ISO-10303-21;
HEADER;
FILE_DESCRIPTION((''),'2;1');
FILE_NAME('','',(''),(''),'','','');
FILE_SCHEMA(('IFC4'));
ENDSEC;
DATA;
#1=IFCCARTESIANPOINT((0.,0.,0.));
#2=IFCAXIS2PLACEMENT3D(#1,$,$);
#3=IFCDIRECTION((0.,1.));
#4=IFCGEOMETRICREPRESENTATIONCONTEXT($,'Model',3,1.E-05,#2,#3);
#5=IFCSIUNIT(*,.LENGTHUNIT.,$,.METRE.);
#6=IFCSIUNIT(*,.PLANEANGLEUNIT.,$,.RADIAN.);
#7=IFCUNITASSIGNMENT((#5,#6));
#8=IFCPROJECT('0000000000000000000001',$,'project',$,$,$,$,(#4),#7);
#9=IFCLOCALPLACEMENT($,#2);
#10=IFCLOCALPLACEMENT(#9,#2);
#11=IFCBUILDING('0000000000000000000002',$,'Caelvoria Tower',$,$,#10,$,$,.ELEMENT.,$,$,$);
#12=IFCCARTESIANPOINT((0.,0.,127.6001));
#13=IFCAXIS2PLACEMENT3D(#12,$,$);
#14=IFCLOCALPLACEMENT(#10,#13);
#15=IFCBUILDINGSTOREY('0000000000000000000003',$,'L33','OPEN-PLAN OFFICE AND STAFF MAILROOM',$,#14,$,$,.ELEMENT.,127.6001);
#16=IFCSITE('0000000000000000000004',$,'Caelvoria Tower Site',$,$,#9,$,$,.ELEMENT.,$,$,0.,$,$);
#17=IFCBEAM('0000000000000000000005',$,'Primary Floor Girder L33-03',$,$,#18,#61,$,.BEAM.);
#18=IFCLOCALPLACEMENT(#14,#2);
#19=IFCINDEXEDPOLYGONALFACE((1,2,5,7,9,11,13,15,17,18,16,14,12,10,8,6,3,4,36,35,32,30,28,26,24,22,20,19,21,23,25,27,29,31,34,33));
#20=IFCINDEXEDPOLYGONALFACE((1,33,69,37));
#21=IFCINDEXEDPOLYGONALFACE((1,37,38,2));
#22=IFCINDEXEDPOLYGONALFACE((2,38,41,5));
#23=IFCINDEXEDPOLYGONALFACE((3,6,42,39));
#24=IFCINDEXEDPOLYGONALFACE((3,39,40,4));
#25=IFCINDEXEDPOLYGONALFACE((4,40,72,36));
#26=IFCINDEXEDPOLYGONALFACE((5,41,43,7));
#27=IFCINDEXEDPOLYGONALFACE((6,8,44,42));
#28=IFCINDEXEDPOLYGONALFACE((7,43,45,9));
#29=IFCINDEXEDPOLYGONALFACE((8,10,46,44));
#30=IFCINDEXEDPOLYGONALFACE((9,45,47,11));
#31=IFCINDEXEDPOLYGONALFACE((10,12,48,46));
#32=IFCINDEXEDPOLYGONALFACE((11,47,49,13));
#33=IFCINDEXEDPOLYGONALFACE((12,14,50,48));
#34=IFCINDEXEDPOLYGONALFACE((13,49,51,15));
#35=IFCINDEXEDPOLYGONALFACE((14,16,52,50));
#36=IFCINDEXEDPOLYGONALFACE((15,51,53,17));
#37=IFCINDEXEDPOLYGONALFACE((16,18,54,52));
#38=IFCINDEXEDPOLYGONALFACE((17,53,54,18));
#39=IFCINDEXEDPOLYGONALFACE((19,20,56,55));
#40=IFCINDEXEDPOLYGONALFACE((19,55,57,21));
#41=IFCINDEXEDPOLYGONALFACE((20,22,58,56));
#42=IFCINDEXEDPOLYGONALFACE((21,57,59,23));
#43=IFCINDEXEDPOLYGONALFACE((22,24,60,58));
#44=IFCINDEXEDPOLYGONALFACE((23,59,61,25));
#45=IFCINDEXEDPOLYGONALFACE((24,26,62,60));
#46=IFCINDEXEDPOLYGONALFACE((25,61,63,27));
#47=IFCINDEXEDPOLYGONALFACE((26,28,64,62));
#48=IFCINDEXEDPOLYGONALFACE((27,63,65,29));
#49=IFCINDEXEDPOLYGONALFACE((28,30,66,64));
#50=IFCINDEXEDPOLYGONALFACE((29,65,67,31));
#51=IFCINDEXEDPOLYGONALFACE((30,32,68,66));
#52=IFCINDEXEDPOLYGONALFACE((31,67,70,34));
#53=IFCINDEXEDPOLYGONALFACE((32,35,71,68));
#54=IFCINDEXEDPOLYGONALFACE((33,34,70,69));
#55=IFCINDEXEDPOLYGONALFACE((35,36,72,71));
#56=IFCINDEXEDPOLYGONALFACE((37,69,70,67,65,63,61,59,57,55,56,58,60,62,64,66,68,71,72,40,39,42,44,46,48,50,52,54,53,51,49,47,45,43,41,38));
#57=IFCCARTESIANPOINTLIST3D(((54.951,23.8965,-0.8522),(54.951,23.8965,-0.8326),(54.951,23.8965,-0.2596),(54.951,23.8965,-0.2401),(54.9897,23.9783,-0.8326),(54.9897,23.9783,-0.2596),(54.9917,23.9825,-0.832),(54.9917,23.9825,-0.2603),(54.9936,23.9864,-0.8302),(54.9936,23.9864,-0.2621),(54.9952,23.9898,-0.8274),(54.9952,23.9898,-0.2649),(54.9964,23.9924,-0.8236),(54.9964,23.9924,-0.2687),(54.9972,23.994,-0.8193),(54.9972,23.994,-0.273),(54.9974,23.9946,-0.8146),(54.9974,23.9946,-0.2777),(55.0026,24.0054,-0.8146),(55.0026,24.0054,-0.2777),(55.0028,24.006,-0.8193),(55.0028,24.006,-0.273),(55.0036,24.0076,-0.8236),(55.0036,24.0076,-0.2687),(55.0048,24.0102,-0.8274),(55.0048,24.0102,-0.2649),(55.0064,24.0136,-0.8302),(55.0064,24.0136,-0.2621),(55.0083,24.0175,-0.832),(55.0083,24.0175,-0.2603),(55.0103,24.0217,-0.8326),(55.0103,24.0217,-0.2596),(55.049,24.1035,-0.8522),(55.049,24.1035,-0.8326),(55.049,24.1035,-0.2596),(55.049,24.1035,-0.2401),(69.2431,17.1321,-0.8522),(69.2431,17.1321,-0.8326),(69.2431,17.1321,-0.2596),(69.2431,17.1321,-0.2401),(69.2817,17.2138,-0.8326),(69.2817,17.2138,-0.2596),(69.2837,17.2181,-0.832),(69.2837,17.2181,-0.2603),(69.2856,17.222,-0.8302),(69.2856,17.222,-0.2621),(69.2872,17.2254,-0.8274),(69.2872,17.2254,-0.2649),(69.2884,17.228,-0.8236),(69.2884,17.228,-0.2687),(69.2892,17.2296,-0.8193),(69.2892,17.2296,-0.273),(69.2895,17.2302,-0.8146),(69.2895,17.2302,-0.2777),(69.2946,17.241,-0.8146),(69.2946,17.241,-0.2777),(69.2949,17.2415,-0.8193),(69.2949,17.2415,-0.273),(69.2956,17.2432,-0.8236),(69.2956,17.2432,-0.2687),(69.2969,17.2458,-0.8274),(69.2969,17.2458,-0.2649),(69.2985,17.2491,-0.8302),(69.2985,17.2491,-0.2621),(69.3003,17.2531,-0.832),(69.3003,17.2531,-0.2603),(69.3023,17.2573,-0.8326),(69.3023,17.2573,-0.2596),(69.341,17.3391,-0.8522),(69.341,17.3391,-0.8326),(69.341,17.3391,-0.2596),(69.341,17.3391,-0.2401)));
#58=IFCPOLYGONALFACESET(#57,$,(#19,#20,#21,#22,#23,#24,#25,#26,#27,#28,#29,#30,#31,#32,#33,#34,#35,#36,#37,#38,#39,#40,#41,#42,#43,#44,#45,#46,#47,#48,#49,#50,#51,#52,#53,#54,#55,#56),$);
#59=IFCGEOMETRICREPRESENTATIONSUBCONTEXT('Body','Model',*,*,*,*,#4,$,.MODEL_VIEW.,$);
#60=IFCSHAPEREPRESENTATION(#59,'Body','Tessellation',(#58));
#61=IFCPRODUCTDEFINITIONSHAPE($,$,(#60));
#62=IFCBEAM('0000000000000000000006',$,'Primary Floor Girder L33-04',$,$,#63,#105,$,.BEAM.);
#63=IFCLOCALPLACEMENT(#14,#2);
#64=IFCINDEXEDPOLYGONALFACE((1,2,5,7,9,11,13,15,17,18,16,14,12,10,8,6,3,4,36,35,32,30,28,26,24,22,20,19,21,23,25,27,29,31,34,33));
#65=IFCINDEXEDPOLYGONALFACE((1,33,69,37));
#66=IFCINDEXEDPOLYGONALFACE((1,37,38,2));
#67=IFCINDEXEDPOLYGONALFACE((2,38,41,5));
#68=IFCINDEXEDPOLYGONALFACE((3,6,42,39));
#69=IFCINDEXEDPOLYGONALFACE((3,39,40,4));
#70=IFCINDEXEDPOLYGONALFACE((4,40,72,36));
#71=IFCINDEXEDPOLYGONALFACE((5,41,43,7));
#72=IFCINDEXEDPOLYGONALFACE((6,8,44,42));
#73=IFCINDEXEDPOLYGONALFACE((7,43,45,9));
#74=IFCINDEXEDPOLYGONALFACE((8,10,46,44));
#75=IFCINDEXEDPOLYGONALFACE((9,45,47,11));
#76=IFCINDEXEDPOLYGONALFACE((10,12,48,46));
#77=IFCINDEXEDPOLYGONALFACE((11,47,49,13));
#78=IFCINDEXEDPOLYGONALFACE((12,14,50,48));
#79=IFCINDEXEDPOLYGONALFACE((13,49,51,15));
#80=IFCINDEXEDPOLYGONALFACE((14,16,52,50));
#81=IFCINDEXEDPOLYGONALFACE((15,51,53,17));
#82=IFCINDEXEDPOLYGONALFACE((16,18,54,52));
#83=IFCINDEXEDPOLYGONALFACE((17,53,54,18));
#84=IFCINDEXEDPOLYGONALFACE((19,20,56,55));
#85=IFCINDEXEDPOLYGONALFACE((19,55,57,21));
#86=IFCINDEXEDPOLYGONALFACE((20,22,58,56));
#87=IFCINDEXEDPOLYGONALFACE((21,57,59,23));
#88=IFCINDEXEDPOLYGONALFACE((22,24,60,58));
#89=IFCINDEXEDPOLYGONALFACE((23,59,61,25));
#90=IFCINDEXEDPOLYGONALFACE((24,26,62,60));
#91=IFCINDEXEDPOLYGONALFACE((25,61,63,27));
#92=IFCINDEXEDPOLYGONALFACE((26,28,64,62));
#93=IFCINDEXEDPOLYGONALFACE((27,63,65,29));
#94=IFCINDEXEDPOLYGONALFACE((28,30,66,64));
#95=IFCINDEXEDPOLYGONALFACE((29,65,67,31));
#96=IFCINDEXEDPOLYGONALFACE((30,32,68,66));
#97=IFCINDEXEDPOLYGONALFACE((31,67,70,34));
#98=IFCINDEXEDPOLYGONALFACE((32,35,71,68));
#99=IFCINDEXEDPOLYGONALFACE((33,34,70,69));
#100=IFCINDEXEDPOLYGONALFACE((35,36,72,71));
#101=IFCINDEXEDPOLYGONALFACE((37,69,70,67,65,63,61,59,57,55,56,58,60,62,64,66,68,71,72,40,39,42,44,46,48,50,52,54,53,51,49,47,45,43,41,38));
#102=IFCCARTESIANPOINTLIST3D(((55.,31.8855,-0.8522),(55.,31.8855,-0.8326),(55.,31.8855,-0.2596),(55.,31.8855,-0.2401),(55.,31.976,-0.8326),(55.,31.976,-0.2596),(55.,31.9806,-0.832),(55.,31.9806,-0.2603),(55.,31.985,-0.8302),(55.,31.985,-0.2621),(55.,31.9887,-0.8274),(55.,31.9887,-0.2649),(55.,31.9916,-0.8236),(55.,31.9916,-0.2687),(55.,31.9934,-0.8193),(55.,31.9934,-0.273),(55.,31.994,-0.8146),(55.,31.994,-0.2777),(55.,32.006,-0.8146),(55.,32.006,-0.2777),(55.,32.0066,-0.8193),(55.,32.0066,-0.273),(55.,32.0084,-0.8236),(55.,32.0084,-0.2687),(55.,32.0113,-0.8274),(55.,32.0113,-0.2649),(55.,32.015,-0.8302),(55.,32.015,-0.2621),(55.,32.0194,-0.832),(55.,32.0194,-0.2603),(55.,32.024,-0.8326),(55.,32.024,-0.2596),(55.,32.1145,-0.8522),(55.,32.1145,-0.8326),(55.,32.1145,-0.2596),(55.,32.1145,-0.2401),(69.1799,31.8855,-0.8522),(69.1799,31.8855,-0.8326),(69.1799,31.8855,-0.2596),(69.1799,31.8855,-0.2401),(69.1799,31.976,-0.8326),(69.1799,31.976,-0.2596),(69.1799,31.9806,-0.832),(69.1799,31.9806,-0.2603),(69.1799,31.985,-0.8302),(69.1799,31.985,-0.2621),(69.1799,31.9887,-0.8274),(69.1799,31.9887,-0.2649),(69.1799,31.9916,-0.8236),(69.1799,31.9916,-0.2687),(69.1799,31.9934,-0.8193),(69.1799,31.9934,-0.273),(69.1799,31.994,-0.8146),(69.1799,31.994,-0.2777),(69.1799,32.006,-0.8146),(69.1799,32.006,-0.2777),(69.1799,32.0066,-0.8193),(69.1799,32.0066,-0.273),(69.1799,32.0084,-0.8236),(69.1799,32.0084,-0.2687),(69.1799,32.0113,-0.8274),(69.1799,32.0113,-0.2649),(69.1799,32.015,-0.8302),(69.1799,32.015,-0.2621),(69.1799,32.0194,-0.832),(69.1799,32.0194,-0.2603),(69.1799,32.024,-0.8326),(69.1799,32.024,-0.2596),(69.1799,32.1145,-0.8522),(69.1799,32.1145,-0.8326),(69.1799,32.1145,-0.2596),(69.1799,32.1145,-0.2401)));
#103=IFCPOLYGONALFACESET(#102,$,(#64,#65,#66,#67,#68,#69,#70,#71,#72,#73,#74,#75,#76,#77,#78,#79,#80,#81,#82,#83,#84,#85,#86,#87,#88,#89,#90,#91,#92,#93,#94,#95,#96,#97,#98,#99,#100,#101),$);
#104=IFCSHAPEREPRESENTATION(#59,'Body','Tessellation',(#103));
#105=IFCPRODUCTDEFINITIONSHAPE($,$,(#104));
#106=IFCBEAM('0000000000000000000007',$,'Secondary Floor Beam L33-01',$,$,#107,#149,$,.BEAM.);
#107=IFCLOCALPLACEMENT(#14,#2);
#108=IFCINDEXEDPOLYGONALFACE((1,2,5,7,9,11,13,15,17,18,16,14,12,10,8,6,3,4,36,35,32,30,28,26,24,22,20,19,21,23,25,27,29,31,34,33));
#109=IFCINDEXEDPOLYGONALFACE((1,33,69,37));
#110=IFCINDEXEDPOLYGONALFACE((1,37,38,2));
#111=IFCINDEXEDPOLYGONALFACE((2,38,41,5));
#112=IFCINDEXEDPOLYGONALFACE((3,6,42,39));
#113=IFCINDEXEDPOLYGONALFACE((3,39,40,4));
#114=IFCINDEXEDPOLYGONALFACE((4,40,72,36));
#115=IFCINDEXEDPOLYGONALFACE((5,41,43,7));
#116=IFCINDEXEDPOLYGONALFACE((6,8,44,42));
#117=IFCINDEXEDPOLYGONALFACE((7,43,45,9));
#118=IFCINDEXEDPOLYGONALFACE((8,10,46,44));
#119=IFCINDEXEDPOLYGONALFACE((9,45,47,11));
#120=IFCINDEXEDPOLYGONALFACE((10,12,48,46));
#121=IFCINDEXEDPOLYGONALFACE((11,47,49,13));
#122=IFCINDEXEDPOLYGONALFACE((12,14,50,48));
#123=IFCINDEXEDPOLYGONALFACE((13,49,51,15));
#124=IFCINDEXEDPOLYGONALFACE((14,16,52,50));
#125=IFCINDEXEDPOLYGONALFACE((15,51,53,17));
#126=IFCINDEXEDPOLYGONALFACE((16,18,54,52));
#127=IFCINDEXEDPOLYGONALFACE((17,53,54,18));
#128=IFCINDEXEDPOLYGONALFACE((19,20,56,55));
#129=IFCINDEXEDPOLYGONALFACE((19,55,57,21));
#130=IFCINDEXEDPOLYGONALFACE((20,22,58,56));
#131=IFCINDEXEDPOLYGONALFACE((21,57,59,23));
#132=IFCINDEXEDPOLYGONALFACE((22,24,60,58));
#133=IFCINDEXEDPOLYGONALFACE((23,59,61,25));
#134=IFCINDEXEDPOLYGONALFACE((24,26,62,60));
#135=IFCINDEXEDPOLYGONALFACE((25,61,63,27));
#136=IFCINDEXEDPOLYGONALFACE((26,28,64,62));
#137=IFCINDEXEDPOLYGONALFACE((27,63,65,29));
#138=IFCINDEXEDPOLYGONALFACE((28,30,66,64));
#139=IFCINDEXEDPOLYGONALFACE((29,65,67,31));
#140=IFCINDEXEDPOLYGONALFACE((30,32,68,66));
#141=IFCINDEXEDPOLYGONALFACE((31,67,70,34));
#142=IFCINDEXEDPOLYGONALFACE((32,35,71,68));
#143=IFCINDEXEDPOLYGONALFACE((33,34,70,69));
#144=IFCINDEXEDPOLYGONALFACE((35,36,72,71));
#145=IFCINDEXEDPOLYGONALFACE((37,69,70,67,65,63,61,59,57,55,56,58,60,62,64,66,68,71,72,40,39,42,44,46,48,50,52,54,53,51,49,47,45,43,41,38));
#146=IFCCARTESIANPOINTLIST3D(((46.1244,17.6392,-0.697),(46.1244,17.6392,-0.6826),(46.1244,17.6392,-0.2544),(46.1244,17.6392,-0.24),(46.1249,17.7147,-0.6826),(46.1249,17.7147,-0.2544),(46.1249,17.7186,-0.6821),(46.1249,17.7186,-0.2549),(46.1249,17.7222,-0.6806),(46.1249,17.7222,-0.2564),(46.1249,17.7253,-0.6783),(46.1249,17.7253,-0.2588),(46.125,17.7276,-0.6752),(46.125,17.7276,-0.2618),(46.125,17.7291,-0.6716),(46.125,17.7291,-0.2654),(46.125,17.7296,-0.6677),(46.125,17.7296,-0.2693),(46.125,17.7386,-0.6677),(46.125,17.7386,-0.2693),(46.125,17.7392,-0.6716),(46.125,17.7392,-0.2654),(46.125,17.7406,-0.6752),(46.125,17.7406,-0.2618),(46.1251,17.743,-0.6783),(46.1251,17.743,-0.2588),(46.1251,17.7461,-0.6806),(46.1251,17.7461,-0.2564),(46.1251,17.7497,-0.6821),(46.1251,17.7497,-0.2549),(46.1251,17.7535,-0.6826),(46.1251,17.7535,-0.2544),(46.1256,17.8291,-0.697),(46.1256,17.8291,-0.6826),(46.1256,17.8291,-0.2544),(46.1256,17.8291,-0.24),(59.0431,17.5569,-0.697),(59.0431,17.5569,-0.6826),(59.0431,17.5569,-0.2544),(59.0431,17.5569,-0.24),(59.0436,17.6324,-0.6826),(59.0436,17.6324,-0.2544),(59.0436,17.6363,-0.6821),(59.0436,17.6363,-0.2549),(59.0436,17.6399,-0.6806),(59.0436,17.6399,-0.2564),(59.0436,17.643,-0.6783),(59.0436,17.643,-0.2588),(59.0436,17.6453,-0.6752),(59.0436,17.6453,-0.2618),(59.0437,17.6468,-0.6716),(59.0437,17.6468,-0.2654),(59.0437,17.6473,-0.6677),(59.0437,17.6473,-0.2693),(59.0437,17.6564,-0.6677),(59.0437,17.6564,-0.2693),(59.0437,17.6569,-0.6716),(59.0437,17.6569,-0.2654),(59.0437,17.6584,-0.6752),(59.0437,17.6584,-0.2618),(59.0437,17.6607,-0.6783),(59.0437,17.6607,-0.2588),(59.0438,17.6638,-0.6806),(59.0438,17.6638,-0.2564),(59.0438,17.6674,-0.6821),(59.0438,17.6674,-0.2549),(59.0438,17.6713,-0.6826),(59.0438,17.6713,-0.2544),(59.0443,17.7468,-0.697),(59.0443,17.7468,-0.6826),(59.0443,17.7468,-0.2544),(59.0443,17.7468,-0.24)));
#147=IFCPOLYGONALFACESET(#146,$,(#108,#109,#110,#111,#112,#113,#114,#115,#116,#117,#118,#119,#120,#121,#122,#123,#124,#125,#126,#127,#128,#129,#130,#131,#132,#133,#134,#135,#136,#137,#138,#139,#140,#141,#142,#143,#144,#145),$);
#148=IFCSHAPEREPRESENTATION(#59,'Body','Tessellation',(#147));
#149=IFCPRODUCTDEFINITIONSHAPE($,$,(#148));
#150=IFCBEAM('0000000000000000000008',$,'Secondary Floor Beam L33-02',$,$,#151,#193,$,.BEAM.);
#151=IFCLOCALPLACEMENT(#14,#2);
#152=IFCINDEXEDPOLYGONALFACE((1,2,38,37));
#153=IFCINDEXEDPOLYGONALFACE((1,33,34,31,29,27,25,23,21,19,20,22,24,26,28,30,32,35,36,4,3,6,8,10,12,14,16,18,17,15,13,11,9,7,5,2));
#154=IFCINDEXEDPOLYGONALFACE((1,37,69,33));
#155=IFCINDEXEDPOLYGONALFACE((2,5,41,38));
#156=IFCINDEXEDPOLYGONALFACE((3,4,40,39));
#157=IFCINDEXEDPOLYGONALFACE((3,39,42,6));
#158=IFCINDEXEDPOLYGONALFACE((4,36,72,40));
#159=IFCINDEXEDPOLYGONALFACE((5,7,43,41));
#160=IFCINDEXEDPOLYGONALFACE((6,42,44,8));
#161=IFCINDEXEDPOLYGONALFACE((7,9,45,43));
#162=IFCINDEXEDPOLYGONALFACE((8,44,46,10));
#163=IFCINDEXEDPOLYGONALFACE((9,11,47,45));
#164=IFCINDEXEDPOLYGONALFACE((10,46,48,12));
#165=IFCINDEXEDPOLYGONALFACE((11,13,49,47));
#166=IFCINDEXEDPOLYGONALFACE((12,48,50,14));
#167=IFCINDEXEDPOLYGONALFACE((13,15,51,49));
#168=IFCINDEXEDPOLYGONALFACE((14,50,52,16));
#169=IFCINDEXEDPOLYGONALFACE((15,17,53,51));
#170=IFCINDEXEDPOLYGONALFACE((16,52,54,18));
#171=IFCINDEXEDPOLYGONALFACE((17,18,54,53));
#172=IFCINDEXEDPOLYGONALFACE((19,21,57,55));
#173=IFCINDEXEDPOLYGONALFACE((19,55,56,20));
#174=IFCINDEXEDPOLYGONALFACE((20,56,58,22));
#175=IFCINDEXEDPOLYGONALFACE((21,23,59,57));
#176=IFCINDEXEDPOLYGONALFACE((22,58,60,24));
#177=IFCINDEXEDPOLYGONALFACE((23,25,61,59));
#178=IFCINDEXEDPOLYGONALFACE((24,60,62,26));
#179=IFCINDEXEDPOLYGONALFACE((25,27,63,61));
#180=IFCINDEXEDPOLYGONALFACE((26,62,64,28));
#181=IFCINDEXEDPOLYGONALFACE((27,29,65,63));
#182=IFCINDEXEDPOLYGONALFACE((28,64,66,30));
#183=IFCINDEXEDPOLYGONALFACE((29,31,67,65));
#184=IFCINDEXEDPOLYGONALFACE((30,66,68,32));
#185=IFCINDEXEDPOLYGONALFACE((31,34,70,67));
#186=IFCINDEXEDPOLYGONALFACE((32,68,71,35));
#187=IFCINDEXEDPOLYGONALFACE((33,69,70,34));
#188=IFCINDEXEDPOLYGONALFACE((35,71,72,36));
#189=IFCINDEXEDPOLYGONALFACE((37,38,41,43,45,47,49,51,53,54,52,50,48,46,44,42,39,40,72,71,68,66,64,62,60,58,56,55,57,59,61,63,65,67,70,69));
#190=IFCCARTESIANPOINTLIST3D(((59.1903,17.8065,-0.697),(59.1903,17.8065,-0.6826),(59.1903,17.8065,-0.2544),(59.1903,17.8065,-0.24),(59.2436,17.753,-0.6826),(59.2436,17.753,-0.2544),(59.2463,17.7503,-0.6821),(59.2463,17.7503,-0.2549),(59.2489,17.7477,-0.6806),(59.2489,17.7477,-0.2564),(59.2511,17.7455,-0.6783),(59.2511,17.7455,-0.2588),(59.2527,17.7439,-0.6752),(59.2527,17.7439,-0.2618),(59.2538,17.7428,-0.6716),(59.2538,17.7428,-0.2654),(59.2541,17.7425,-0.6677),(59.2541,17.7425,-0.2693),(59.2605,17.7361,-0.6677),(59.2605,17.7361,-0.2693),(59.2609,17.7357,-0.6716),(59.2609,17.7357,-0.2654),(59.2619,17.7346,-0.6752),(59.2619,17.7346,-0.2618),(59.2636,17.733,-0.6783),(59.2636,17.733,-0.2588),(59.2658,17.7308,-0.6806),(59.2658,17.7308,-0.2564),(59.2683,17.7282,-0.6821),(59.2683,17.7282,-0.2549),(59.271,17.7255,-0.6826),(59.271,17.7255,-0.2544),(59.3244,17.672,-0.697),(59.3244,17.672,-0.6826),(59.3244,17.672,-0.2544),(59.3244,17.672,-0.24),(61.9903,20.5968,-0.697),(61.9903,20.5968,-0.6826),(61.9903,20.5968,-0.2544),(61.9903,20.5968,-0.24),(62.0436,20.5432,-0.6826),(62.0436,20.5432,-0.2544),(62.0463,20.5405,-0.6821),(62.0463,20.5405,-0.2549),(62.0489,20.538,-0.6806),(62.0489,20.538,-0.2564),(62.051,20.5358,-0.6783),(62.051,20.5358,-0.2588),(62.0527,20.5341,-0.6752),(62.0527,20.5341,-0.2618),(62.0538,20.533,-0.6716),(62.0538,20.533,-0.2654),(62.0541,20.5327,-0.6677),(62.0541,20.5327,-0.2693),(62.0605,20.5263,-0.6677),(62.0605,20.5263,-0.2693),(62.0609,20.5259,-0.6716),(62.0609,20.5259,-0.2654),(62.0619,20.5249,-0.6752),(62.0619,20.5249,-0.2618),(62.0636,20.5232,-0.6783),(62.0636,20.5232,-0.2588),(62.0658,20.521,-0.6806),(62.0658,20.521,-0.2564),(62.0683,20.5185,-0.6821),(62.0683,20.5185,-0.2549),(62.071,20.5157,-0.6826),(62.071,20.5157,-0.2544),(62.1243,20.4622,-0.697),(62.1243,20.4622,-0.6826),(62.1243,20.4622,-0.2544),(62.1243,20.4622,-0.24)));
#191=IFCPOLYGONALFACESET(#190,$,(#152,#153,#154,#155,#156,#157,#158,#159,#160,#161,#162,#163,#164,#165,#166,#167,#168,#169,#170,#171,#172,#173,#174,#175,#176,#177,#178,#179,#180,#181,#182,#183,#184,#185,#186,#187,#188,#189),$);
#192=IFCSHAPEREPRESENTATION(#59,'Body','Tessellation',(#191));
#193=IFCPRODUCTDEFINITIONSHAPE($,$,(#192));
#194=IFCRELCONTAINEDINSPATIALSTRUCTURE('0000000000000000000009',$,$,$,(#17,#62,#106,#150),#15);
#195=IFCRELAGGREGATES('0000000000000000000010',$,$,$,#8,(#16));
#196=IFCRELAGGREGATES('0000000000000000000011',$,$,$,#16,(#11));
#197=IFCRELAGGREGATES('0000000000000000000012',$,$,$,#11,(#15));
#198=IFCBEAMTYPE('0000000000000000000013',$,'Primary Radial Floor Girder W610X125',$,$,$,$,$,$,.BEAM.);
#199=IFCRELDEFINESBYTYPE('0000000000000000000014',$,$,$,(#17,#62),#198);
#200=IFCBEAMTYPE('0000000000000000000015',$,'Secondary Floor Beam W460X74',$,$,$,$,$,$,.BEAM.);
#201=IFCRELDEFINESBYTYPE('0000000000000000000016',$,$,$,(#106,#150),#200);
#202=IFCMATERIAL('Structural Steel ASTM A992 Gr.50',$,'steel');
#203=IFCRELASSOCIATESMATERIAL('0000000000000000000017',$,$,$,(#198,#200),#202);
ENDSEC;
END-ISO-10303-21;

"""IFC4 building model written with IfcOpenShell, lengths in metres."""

from ifc_helpers import new_model, si_unit, direction, frame, origin, origin_2d, place, context, subcontext, project, spatial, i_section, extrude, material, material_profile, profile_set, type_object, element, save


model = new_model("IFC4")

# Units and contexts
model_context = context("Model", 3, precision=1e-05, world=origin(), true_north=direction((0.0, 1.0)))
body_context = subcontext(model_context, "Body", "Model", "MODEL_VIEW")
ifc_project = project(units=[si_unit("LENGTHUNIT", "METRE"), si_unit("PLANEANGLEUNIT", "RADIAN")], contexts=[model_context])

# Site, building, storey
site_placement = place(None, origin())
site = spatial("IfcSite", under=ifc_project, at=site_placement, Name="Caelvoria Tower Site", CompositionType="ELEMENT", RefElevation=0.0)
building_placement = place(site_placement, origin())
building = spatial("IfcBuilding", under=site, at=building_placement, Name="Caelvoria Tower", CompositionType="ELEMENT")
storey_placement = place(building_placement, frame((0.0, 0.0, 127.6001)))
storey = spatial("IfcBuildingStorey", under=building, at=storey_placement, Name="L33", Description="OPEN-PLAN OFFICE AND STAFF MAILROOM", CompositionType="ELEMENT", Elevation=127.6001)

# Beams
ifc_material_1 = material(Name="Structural Steel ASTM A992 Gr.50", Category="steel")
ifc_material_profile_1 = material_profile(ifc_material_1, i_section(OverallWidth=0.229, OverallDepth=0.6121, WebThickness=0.012, FlangeThickness=0.0195, FilletRadius=0.0181, at=origin_2d()), Name="Structural Steel ASTM A992 Gr.50")
ifc_profile_set_1 = profile_set([ifc_material_profile_1], Name="W610X125 - Structural Steel ASTM A992 Gr.50")
beam_type_1 = type_object("IfcBeamType", Name="Primary Radial Floor Girder W610X125", PredefinedType="BEAM", material=ifc_profile_set_1)
beam_1_placement = place(storey_placement, frame((55.0, 24.0, -0.5461), z_axis=(0.903872, -0.427803, 0.0), x_axis=(0.427803, 0.903872, 0.0)))
element("IfcBeam", 1, at=beam_1_placement, inside=storey, type_object=beam_type_1, Name="Primary Floor Girder L33-03", PredefinedType="BEAM", context=body_context, shape_type="SweptSolid", body=[
    extrude(i_section(OverallWidth=0.229, OverallDepth=0.6121, WebThickness=0.012, FlangeThickness=0.0195, FilletRadius=0.0181, at=origin_2d()), origin(), (0.0, 0.0, 1.0), 15.812),
])
beam_2_placement = place(storey_placement, frame((55.0, 32.0, -0.5461), z_axis=(1.0, 0.0, 0.0), x_axis=(0.0, 1.0, 0.0)))
element("IfcBeam", 2, at=beam_2_placement, inside=storey, type_object=beam_type_1, Name="Primary Floor Girder L33-04", PredefinedType="BEAM", context=body_context, shape_type="SweptSolid", body=[
    extrude(i_section(OverallWidth=0.229, OverallDepth=0.6121, WebThickness=0.012, FlangeThickness=0.0195, FilletRadius=0.0181, at=origin_2d()), origin(), (0.0, 0.0, 1.0), 14.1799),
])
ifc_material_profile_2 = material_profile(ifc_material_1, i_section(OverallWidth=0.1899, OverallDepth=0.457, WebThickness=0.009, FlangeThickness=0.0144, FilletRadius=0.0149, at=origin_2d()), Name="Structural Steel ASTM A992 Gr.50")
ifc_profile_set_2 = profile_set([ifc_material_profile_2], Name="W460X74 - Structural Steel ASTM A992 Gr.50")
beam_type_2 = type_object("IfcBeamType", Name="Secondary Floor Beam W460X74", PredefinedType="BEAM", material=ifc_profile_set_2)
beam_3_placement = place(storey_placement, frame((46.125, 17.7341, -0.4685), z_axis=(0.99998, -0.006369, 0.0), x_axis=(0.006369, 0.99998, 0.0)))
element("IfcBeam", 3, at=beam_3_placement, inside=storey, type_object=beam_type_2, Name="Secondary Floor Beam L33-01", PredefinedType="BEAM", context=body_context, shape_type="SweptSolid", body=[
    extrude(i_section(OverallWidth=0.1899, OverallDepth=0.457, WebThickness=0.009, FlangeThickness=0.0144, FilletRadius=0.0149, at=origin_2d()), origin(), (0.0, 0.0, 1.0), 12.9189),
])
beam_4_placement = place(storey_placement, frame((59.2573, 17.7393, -0.4685), z_axis=(0.708341, 0.70587, 0.0), x_axis=(-0.70587, 0.708341, 0.0)))
element("IfcBeam", 4, at=beam_4_placement, inside=storey, type_object=beam_type_2, Name="Secondary Floor Beam L33-02", PredefinedType="BEAM", context=body_context, shape_type="SweptSolid", body=[
    extrude(i_section(OverallWidth=0.1899, OverallDepth=0.457, WebThickness=0.009, FlangeThickness=0.0144, FilletRadius=0.0149, at=origin_2d()), origin(), (0.0, 0.0, 1.0), 3.9529),
])

save(model, "model.ifc")
